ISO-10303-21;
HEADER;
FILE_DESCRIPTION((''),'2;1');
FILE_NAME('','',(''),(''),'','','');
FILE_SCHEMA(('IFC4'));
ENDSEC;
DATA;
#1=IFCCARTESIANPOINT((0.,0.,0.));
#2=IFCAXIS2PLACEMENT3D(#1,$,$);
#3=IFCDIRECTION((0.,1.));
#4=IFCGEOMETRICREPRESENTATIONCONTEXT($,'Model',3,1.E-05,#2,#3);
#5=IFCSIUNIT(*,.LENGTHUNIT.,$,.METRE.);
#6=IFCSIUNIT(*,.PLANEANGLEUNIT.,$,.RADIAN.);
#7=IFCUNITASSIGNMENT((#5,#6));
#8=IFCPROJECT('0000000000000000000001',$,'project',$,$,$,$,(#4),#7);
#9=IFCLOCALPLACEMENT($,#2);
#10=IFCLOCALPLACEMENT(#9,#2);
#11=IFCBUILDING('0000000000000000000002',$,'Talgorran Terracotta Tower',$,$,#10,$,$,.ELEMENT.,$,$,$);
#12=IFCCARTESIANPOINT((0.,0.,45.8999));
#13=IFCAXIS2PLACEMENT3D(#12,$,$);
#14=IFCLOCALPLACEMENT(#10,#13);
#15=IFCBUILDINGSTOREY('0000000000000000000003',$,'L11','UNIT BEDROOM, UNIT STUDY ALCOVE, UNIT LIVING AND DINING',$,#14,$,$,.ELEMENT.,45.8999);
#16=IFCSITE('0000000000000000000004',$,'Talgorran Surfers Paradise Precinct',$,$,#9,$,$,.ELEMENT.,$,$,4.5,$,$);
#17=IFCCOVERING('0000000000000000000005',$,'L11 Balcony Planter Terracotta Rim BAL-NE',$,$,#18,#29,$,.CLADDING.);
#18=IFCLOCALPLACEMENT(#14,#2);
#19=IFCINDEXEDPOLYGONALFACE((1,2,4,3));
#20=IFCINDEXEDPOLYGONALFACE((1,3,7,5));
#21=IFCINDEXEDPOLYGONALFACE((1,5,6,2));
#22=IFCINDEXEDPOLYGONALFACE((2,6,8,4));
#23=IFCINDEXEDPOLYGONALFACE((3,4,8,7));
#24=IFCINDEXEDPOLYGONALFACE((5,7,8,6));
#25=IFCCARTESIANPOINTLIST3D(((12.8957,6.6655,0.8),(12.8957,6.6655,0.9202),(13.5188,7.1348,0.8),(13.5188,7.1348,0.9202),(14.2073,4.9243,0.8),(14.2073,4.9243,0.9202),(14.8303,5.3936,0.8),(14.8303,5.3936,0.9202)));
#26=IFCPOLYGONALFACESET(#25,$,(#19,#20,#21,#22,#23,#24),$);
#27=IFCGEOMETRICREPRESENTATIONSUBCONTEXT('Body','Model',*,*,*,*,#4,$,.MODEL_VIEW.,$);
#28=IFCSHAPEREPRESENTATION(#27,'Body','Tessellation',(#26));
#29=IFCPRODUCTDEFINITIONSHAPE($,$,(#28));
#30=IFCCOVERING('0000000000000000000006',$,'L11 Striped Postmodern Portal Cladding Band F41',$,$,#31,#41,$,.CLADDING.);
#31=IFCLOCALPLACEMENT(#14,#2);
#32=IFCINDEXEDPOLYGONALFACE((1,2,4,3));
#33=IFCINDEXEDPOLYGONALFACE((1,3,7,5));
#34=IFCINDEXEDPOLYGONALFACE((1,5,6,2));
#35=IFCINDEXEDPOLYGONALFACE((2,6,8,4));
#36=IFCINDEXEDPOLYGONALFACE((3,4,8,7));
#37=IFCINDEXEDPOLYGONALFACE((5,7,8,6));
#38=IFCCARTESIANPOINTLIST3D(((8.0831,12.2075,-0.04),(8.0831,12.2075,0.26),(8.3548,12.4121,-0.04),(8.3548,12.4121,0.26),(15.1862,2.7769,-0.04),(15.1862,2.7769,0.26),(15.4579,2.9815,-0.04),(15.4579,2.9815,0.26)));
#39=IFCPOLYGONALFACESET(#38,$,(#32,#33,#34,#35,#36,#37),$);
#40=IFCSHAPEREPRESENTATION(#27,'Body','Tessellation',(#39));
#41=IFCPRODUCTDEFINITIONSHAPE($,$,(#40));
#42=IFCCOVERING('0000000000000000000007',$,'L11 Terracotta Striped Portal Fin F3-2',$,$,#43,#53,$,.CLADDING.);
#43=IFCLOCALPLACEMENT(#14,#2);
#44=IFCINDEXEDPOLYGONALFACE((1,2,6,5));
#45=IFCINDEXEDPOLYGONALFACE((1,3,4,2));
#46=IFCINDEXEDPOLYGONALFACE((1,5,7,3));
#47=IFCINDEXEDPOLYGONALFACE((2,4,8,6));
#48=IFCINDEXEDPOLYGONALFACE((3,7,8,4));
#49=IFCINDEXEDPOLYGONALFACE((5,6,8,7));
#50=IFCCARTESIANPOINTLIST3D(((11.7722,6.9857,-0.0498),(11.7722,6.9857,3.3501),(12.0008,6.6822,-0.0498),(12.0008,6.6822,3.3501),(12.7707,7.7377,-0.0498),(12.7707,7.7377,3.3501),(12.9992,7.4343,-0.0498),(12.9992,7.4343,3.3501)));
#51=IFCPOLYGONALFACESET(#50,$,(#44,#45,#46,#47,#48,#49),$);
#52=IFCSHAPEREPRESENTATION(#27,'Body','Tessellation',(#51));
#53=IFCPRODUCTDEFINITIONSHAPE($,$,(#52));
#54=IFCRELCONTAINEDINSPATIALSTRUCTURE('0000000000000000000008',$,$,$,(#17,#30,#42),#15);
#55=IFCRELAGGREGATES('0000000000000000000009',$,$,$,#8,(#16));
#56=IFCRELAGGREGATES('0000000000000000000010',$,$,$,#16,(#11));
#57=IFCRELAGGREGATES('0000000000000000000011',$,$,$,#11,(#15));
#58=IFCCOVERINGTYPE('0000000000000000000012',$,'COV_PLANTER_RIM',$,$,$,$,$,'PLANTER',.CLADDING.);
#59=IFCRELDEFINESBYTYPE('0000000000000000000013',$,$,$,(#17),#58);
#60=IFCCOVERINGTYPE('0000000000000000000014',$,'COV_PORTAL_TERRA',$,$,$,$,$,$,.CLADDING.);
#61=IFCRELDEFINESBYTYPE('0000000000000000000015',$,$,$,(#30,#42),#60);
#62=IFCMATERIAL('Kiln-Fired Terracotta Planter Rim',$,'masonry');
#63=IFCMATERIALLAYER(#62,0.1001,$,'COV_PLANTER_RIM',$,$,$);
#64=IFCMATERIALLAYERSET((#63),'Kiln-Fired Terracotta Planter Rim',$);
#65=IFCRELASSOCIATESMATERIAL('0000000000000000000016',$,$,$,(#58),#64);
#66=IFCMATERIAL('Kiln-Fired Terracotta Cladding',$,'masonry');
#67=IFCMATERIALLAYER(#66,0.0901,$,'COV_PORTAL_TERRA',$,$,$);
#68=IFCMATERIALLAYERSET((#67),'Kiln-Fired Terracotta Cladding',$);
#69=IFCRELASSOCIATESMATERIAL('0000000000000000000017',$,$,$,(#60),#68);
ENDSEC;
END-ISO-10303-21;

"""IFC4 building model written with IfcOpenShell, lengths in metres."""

from ifc_helpers import new_model, si_unit, direction, frame, origin, origin_2d, place, context, subcontext, project, spatial, rectangle, extrude, material, layer, layer_set, type_object, element, save


model = new_model("IFC4")

# Units and contexts
model_context = context("Model", 3, precision=1e-05, world=origin(), true_north=direction((0.0, 1.0)))
body_context = subcontext(model_context, "Body", "Model", "MODEL_VIEW")
ifc_project = project(units=[si_unit("LENGTHUNIT", "METRE"), si_unit("PLANEANGLEUNIT", "RADIAN")], contexts=[model_context])

# Site, building, storey
site_placement = place(None, origin())
site = spatial("IfcSite", under=ifc_project, at=site_placement, Name="Talgorran Surfers Paradise Precinct", CompositionType="ELEMENT", RefElevation=4.5)
building_placement = place(site_placement, origin())
building = spatial("IfcBuilding", under=site, at=building_placement, Name="Talgorran Terracotta Tower", CompositionType="ELEMENT")
storey_placement = place(building_placement, frame((0.0, 0.0, 45.8999)))
storey = spatial("IfcBuildingStorey", under=building, at=storey_placement, Name="L11", Description="UNIT BEDROOM, UNIT STUDY ALCOVE, UNIT LIVING AND DINING", CompositionType="ELEMENT", Elevation=45.8999)

# Coverings
ifc_material_1 = material(Name="Kiln-Fired Terracotta Planter Rim", Category="masonry")
ifc_layer_1 = layer(ifc_material_1, 0.1001, Name="COV_PLANTER_RIM")
ifc_layer_set_1 = layer_set([ifc_layer_1], Name="Kiln-Fired Terracotta Planter Rim")
covering_type_1 = type_object("IfcCoveringType", Name="COV_PLANTER_RIM", ElementType="PLANTER", PredefinedType="CLADDING", material=ifc_layer_set_1)
covering_1_placement = place(storey_placement, frame((13.863, 6.0295, 0.8), z_axis=(0.0, 0.0, 1.0), x_axis=(-0.601634, 0.798772, 0.0)))
element("IfcCovering", 1, at=covering_1_placement, inside=storey, type_object=covering_type_1, Name="L11 Balcony Planter Terracotta Rim BAL-NE", PredefinedType="CLADDING", context=body_context, shape_type="SweptSolid", body=[
    extrude(rectangle(XDim=2.1799, YDim=0.78, at=origin_2d()), origin(), (0.0, 0.0, 1.0), 0.1201),
])
ifc_material_2 = material(Name="Kiln-Fired Terracotta Cladding", Category="masonry")
ifc_layer_2 = layer(ifc_material_2, 0.0901, Name="COV_PORTAL_TERRA")
ifc_layer_set_2 = layer_set([ifc_layer_2], Name="Kiln-Fired Terracotta Cladding")
covering_type_2 = type_object("IfcCoveringType", Name="COV_PORTAL_TERRA", PredefinedType="CLADDING", material=ifc_layer_set_2)
covering_2_placement = place(storey_placement, frame((11.7705, 7.5945, -0.04), z_axis=(0.0, 0.0, 1.0), x_axis=(-0.601634, 0.798772, 0.0)))
element("IfcCovering", 2, at=covering_2_placement, inside=storey, type_object=covering_type_2, Name="L11 Striped Postmodern Portal Cladding Band F41", PredefinedType="CLADDING", context=body_context, shape_type="SweptSolid", body=[
    extrude(rectangle(XDim=11.8064, YDim=0.3401, at=origin_2d()), origin(), (0.0, 0.0, 1.0), 0.3),
])
covering_3_placement = place(storey_placement, frame((12.3857, 7.21, -0.0498), z_axis=(0.0, 0.0, 1.0), x_axis=(-0.601634, 0.798772, 0.0)))
element("IfcCovering", 3, at=covering_3_placement, inside=storey, type_object=covering_type_2, Name="L11 Terracotta Striped Portal Fin F3-2", PredefinedType="CLADDING", context=body_context, shape_type="SweptSolid", body=[
    extrude(rectangle(XDim=0.3799, YDim=1.25, at=origin_2d()), origin(), (0.0, 0.0, 1.0), 3.3999),
])

save(model, "model.ifc")
